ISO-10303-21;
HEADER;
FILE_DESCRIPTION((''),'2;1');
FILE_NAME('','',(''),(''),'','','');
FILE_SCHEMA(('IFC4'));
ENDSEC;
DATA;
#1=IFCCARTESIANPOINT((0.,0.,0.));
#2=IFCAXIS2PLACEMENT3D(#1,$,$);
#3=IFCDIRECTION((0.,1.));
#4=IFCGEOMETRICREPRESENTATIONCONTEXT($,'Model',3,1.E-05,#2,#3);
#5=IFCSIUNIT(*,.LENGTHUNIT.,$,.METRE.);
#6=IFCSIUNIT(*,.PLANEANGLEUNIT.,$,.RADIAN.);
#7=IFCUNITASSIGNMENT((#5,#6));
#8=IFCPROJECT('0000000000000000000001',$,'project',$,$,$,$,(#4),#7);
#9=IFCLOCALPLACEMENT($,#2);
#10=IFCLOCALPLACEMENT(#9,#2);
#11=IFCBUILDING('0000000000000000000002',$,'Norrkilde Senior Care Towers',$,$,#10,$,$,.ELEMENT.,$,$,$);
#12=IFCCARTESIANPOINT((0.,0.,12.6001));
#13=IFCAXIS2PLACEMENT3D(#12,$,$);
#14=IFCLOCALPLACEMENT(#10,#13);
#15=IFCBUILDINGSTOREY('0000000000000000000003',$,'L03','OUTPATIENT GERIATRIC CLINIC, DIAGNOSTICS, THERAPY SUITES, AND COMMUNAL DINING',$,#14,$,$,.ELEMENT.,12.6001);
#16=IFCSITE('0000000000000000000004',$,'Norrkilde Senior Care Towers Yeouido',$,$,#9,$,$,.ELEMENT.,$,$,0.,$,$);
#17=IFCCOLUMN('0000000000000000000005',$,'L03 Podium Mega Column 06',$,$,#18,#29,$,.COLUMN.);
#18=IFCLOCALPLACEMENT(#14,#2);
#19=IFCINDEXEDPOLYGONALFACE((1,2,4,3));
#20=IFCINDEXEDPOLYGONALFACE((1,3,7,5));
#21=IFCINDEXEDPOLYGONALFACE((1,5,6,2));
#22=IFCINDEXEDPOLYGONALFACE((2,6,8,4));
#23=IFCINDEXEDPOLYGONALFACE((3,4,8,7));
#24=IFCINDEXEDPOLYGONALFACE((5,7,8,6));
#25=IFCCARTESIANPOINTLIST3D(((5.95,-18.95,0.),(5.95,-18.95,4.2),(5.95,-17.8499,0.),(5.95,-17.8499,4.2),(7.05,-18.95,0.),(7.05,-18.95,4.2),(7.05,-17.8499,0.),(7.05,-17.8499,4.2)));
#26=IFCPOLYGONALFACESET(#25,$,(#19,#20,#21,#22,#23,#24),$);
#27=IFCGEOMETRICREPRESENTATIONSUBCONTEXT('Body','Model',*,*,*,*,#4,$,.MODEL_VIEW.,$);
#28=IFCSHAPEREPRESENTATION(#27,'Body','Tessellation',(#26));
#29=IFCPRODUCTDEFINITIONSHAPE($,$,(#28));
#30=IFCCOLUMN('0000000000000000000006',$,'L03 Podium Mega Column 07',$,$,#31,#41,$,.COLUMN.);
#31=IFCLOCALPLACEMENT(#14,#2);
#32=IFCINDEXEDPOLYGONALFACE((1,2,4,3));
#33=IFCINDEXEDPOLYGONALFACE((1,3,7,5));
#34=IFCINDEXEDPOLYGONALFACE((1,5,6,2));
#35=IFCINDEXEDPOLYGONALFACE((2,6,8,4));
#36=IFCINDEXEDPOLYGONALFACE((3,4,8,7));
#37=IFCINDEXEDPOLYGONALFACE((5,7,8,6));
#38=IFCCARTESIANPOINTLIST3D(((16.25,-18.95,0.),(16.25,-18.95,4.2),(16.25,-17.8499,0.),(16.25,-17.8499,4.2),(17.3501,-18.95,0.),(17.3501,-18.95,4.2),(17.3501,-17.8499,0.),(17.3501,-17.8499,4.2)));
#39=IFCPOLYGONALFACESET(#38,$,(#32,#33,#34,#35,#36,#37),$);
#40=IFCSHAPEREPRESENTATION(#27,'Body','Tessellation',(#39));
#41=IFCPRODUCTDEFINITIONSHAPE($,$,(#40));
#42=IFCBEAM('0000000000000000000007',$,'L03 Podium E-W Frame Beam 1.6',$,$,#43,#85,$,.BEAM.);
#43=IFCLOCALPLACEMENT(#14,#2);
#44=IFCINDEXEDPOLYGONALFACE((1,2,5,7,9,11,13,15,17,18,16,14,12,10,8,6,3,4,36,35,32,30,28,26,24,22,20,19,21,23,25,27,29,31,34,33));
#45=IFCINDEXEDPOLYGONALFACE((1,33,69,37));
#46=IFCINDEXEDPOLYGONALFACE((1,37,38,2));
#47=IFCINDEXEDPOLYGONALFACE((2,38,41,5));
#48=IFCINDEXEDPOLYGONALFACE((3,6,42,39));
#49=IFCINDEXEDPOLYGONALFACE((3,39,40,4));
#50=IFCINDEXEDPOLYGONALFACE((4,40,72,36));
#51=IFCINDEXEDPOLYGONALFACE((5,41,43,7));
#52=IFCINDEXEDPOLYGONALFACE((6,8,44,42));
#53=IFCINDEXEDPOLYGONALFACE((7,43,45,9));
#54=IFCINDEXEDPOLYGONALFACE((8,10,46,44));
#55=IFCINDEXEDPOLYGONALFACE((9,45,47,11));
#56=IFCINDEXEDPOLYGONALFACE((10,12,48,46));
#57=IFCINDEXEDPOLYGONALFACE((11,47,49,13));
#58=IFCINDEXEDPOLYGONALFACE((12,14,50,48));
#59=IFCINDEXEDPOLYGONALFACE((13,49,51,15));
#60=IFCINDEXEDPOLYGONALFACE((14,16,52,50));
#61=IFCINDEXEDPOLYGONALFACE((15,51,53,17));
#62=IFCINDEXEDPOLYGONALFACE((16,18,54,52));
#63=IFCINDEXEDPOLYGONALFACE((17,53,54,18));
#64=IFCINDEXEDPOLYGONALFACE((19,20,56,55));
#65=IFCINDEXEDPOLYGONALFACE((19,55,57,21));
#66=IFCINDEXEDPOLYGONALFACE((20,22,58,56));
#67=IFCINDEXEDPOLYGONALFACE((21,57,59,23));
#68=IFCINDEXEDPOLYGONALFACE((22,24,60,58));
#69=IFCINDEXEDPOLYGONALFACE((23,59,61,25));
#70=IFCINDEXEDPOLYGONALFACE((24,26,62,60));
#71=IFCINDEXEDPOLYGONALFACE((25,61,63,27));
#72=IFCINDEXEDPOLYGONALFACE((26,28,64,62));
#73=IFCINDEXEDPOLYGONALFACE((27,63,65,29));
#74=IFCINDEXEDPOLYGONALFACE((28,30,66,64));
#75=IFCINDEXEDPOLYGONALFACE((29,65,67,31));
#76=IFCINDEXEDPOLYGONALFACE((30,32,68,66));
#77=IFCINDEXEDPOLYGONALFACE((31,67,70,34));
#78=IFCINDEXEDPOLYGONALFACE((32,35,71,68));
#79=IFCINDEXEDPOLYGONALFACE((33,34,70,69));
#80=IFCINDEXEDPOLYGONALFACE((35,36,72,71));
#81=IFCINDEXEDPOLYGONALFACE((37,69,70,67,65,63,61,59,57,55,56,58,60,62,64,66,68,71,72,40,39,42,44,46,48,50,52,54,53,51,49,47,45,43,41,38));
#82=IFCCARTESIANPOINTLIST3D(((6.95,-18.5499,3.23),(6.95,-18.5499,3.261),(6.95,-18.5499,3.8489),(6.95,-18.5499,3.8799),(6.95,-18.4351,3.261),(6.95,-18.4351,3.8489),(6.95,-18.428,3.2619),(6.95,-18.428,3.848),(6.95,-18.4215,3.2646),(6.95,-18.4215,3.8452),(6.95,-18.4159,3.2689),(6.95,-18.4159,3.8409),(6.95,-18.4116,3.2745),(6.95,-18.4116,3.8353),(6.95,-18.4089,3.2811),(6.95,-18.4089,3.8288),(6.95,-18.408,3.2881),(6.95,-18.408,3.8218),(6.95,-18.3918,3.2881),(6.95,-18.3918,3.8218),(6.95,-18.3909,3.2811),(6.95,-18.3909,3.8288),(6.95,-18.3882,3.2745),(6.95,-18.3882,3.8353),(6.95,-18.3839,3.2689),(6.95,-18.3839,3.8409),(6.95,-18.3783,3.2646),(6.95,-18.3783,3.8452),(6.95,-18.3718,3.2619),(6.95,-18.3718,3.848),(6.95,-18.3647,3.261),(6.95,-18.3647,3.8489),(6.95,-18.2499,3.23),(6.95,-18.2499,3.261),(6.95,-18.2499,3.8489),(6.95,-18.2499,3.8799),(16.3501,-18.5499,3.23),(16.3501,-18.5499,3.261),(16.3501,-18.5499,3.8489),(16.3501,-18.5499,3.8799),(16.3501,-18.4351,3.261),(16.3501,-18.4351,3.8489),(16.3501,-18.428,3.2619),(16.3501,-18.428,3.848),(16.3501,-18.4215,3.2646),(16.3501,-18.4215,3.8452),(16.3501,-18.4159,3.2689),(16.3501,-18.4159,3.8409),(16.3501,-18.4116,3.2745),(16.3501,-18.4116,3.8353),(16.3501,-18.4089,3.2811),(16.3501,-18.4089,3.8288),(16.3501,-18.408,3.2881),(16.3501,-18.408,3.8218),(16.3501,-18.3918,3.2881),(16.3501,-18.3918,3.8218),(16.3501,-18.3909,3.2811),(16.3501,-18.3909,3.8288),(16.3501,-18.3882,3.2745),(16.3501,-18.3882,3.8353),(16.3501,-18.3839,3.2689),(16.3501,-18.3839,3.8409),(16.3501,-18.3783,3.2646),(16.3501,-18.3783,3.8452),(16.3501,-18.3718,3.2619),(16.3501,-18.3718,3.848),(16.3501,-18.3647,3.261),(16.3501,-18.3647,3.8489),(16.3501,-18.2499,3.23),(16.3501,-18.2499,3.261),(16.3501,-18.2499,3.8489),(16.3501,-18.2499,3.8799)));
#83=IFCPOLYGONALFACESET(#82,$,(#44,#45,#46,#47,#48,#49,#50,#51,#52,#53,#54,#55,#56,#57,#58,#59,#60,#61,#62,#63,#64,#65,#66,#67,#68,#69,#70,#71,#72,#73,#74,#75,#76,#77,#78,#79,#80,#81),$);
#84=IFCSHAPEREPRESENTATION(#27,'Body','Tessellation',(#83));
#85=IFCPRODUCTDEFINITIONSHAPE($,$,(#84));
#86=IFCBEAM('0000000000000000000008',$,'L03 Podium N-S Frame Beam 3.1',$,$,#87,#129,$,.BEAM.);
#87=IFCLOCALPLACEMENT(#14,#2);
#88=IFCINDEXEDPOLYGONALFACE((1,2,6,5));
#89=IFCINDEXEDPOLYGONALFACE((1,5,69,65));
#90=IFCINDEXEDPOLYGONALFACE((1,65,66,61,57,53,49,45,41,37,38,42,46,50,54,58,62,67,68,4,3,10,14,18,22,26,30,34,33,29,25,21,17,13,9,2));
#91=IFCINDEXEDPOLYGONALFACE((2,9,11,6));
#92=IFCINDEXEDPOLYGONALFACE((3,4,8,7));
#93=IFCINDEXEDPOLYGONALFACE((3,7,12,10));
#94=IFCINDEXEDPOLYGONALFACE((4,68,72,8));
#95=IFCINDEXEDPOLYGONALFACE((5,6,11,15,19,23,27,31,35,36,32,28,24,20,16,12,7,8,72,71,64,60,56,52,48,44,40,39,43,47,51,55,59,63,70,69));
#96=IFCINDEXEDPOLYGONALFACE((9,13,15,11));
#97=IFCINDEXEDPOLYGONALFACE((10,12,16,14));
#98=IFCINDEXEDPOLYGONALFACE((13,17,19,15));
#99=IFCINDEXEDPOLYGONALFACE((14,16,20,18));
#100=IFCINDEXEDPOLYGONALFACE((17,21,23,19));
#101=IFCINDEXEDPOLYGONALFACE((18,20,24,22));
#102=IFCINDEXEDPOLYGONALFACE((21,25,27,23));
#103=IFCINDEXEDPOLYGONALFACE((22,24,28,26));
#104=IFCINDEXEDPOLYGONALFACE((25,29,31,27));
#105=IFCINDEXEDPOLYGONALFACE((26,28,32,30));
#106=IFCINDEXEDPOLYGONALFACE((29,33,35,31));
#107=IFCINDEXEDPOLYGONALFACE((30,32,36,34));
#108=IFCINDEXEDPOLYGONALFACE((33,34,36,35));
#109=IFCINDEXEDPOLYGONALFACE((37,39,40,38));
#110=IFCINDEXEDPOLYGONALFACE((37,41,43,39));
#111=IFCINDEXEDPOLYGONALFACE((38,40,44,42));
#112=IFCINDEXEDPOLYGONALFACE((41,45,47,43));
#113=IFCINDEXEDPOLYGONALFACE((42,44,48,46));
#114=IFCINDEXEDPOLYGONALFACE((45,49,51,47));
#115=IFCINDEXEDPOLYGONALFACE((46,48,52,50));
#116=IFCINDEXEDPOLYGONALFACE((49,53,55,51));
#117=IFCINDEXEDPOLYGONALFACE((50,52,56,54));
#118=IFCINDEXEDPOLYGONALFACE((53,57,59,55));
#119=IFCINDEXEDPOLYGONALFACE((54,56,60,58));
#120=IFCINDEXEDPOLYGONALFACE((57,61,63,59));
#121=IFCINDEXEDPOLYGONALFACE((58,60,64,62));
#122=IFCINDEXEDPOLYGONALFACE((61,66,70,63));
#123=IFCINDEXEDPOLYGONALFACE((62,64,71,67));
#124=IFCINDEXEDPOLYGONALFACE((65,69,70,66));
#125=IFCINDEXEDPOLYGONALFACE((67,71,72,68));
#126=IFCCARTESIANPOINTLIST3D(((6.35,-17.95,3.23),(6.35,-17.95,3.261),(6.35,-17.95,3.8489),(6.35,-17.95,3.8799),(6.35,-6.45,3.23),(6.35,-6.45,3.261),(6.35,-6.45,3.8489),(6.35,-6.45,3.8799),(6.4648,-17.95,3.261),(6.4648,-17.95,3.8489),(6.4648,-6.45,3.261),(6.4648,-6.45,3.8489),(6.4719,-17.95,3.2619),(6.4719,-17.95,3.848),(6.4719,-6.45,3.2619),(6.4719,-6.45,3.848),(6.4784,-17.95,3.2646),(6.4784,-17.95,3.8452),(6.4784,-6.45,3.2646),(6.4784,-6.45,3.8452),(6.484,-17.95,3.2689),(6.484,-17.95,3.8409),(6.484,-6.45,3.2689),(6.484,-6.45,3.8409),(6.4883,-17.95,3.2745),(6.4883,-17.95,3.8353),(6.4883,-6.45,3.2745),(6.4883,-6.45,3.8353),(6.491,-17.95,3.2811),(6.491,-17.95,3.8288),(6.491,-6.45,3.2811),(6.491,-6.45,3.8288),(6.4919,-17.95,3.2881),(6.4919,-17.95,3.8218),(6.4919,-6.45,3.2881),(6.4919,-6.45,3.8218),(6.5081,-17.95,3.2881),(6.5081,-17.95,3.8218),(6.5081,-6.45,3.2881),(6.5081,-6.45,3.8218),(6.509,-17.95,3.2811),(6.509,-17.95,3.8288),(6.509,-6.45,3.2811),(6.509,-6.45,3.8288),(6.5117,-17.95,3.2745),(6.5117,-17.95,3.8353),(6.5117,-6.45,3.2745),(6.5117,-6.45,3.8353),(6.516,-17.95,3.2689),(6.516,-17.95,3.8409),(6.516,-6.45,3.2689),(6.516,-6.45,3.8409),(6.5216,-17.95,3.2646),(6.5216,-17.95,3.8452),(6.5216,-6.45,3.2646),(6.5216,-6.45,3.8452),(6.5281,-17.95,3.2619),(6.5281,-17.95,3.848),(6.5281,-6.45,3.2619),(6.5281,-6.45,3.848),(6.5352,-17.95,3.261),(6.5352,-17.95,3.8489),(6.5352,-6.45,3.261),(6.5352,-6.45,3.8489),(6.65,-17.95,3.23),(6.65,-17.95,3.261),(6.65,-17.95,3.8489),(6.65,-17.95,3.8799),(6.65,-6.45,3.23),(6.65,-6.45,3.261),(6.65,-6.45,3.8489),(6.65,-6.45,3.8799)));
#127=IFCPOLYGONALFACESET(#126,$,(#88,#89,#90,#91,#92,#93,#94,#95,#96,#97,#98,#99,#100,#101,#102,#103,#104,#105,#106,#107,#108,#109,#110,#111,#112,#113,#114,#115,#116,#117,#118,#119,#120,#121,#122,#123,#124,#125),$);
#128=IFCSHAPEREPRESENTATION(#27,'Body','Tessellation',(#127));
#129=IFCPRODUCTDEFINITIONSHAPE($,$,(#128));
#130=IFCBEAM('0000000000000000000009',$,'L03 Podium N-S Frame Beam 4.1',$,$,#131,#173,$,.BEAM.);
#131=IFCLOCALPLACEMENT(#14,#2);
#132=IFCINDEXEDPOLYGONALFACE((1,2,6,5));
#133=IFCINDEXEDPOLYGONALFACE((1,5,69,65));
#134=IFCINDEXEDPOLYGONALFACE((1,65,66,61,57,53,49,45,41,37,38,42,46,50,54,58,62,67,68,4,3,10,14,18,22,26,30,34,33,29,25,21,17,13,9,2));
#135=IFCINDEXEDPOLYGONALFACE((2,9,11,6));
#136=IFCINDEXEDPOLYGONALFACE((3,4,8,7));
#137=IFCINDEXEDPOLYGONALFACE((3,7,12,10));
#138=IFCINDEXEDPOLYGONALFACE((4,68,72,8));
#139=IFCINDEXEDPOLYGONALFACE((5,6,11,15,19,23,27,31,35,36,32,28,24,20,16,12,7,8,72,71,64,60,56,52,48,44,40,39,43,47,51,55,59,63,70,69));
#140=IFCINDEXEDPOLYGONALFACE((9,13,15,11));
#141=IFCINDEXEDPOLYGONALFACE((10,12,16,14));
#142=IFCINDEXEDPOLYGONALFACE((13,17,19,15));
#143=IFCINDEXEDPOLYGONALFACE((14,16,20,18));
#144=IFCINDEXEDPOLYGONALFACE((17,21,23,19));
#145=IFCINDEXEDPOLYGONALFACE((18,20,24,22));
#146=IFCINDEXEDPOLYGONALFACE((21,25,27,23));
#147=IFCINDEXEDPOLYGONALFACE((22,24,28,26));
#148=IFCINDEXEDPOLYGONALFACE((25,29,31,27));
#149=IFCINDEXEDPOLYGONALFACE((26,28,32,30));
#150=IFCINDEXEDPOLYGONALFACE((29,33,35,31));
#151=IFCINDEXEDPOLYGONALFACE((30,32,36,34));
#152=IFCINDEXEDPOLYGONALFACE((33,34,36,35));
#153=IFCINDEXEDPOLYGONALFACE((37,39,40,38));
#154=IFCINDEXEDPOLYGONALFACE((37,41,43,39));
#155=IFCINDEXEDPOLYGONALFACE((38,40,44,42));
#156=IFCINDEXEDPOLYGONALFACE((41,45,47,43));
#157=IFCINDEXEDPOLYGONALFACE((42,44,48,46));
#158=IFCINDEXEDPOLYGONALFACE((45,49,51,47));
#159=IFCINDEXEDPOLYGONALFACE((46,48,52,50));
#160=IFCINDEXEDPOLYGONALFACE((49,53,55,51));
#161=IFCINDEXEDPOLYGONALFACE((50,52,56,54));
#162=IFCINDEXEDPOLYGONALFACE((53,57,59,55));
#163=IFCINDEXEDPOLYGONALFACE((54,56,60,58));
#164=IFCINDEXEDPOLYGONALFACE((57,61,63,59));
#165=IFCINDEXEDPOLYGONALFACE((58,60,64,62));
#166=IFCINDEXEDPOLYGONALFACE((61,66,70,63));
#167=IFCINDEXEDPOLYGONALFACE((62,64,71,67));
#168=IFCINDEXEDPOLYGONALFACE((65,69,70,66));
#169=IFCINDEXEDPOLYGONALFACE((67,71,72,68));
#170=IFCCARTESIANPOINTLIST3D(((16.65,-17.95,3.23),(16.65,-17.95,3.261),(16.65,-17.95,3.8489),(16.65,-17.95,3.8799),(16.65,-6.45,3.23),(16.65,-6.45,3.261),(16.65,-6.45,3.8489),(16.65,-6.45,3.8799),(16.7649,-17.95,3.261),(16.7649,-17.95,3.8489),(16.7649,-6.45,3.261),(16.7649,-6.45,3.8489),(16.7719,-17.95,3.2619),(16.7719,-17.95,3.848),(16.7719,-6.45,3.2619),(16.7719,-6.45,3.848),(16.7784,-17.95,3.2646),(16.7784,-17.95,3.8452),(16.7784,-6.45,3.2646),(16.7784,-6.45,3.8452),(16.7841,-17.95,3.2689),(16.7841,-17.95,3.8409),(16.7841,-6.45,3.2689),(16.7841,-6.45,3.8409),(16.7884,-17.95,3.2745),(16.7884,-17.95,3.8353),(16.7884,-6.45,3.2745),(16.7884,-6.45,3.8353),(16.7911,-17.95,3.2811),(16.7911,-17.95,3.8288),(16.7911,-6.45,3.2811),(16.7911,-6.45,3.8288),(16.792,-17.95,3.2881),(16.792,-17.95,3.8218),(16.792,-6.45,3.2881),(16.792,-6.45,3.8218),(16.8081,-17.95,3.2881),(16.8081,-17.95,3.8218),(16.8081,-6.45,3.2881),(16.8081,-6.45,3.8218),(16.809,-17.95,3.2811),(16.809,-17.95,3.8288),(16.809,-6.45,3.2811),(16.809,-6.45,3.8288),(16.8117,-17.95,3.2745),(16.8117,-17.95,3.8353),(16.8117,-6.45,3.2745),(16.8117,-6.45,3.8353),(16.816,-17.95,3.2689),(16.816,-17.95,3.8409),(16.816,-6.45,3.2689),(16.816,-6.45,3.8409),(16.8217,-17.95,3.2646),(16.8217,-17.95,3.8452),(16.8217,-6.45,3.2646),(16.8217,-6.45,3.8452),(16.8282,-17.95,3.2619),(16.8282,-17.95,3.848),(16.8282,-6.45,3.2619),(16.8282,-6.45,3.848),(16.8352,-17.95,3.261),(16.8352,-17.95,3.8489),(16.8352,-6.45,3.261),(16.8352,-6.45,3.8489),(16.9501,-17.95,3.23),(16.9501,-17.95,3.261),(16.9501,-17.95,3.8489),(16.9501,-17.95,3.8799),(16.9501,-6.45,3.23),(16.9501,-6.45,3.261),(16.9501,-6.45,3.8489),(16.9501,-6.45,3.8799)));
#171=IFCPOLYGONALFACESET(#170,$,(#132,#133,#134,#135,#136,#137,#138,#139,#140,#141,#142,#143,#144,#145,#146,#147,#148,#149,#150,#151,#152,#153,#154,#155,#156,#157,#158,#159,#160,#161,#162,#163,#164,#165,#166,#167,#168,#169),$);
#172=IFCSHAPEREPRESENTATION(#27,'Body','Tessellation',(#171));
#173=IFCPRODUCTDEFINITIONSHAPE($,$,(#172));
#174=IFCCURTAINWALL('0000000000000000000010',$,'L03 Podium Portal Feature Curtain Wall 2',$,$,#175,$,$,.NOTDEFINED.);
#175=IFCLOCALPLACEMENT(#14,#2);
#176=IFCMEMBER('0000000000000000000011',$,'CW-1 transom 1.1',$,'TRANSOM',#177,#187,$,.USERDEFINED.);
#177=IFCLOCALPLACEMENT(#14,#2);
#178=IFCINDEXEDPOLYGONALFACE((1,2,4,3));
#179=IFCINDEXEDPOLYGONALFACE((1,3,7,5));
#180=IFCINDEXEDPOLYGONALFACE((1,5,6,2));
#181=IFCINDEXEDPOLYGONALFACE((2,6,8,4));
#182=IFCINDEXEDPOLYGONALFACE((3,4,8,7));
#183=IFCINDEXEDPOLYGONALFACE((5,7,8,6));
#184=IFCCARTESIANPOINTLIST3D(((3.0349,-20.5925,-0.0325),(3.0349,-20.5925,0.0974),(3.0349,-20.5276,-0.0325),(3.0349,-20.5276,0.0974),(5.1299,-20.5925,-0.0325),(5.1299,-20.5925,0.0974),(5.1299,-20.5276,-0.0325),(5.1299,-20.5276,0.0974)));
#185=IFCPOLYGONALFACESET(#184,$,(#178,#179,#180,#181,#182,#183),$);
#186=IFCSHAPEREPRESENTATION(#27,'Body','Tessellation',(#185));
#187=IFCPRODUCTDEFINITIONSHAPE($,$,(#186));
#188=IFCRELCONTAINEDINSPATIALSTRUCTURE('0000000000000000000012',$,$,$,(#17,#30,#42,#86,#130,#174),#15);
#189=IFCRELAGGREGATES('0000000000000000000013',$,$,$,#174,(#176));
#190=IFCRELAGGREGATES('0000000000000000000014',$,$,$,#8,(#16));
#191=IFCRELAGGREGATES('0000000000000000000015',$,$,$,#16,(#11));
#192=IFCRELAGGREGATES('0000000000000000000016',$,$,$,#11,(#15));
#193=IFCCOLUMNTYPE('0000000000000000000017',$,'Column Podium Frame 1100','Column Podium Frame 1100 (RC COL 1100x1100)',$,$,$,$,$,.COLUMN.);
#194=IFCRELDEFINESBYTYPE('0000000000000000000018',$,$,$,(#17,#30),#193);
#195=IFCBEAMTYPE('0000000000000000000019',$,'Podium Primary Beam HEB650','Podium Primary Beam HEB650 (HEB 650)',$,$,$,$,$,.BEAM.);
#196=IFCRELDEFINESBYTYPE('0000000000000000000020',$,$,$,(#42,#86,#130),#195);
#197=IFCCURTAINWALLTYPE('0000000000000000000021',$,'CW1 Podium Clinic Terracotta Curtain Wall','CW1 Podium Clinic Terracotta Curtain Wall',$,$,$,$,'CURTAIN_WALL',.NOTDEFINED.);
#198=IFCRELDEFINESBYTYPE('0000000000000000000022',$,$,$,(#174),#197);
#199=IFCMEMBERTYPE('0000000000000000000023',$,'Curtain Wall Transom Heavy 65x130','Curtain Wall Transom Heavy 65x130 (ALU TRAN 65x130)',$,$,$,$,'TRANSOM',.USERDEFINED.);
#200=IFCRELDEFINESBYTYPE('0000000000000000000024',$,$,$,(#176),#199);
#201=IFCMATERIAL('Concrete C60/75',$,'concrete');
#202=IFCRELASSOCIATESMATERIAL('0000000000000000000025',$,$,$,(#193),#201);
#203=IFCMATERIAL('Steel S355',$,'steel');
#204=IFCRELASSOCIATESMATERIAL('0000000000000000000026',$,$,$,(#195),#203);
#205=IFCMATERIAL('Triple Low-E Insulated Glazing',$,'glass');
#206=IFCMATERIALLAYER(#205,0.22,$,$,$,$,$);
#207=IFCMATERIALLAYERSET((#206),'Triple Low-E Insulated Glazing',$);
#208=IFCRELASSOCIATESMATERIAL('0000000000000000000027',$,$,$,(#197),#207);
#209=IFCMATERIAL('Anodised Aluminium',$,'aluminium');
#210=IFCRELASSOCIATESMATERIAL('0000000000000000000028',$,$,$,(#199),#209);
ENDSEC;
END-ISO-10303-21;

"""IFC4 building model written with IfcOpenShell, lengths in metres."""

from ifc_helpers import new_model, si_unit, direction, frame, origin, origin_2d, place, context, subcontext, project, spatial, rectangle, i_section, extrude, source, transform, mapped, material, layer, layer_set, material_profile, profile_set, type_object, type_shapes, element, aggregate, save


model = new_model("IFC4")

# Units and contexts
model_context = context("Model", 3, precision=1e-05, world=origin(), true_north=direction((0.0, 1.0)))
body_context = subcontext(model_context, "Body", "Model", "MODEL_VIEW")
ifc_project = project(units=[si_unit("LENGTHUNIT", "METRE"), si_unit("PLANEANGLEUNIT", "RADIAN")], contexts=[model_context])

# Site, building, storey
site_placement = place(None, origin())
site = spatial("IfcSite", under=ifc_project, at=site_placement, Name="Norrkilde Senior Care Towers Yeouido", CompositionType="ELEMENT", RefElevation=0.0)
building_placement = place(site_placement, origin())
building = spatial("IfcBuilding", under=site, at=building_placement, Name="Norrkilde Senior Care Towers", CompositionType="ELEMENT")
storey_placement = place(building_placement, frame((0.0, 0.0, 12.6001)))
storey = spatial("IfcBuildingStorey", under=building, at=storey_placement, Name="L03", Description="OUTPATIENT GERIATRIC CLINIC, DIAGNOSTICS, THERAPY SUITES, AND COMMUNAL DINING", CompositionType="ELEMENT", Elevation=12.6001)

# Columns
ifc_material_1 = material(Name="Concrete C60/75", Category="concrete")
ifc_material_profile_1 = material_profile(ifc_material_1, rectangle(XDim=1.1001, YDim=1.1001, at=origin_2d()), Name="RC COL 1100x1100")
ifc_profile_set_1 = profile_set([ifc_material_profile_1], Name="Concrete C60/75")
column_type = type_object("IfcColumnType", Name="Column Podium Frame 1100", Description="Column Podium Frame 1100 (RC COL 1100x1100)", PredefinedType="COLUMN", material=ifc_profile_set_1)
shared_shape_1 = source(origin(), body_context, "Body", "SweptSolid", [
    extrude(rectangle(XDim=1.1001, YDim=1.1001, at=origin_2d()), origin(), (0.0, 0.0, 1.0), 4.2),
])
type_shapes(column_type, [shared_shape_1])
for number, where, z_axis, x_axis, name in (
    (1, (6.5, -18.3999, 0.0), (0.0, 0.0, 1.0), (1.0, 0.0, 0.0), "L03 Podium Mega Column 06"),
    (2, (16.8, -18.3999, 0.0), (0.0, 0.0, 1.0), (1.0, 0.0, 0.0), "L03 Podium Mega Column 07"),
):
    element("IfcColumn", number, at=place(storey_placement, frame(where, z_axis=z_axis, x_axis=x_axis)), inside=storey, type_object=column_type, Name=name, PredefinedType="COLUMN", context=body_context, shape_type="MappedRepresentation", body=[
        mapped(shared_shape_1, transform((0.0, 0.0, 0.0), x_axis=(1.0, 0.0, 0.0), y_axis=(0.0, 1.0, 0.0), z_axis=(0.0, 0.0, 1.0), scale=1.0)),
    ])

# Beams
ifc_material_2 = material(Name="Steel S355", Category="steel")
ifc_material_profile_2 = material_profile(ifc_material_2, i_section(OverallWidth=0.3, OverallDepth=0.6499, WebThickness=0.0161, FlangeThickness=0.031, FilletRadius=0.0271, at=origin_2d()), Name="HEB 650")
ifc_profile_set_2 = profile_set([ifc_material_profile_2], Name="Steel S355")
beam_type = type_object("IfcBeamType", Name="Podium Primary Beam HEB650", Description="Podium Primary Beam HEB650 (HEB 650)", PredefinedType="BEAM", material=ifc_profile_set_2)
shared_shape_2 = source(origin(), body_context, "Body", "SweptSolid", [
    extrude(i_section(OverallWidth=0.3, OverallDepth=0.6499, WebThickness=0.0161, FlangeThickness=0.031, FilletRadius=0.0271, at=origin_2d()), origin(), (0.0, 0.0, 1.0), 9.4001),
])
beam_placement = place(storey_placement, frame((6.95, -18.3999, 3.5549), z_axis=(1.0, 0.0, 0.0), x_axis=(0.0, 1.0, 0.0)))
element("IfcBeam", 3, at=beam_placement, inside=storey, type_object=beam_type, Name="L03 Podium E-W Frame Beam 1.6", PredefinedType="BEAM", context=body_context, shape_type="MappedRepresentation", body=[
    mapped(shared_shape_2, transform((0.0, 0.0, 0.0), x_axis=(1.0, 0.0, 0.0), y_axis=(0.0, 1.0, 0.0), z_axis=(0.0, 0.0, 1.0), scale=1.0)),
])
shared_shape_3 = source(origin(), body_context, "Body", "SweptSolid", [
    extrude(i_section(OverallWidth=0.3, OverallDepth=0.6499, WebThickness=0.0161, FlangeThickness=0.031, FilletRadius=0.0271, at=origin_2d()), origin(), (0.0, 0.0, 1.0), 11.5),
])
type_shapes(beam_type, [shared_shape_2, shared_shape_3])
for number, where, z_axis, x_axis, name in (
    (4, (6.5, -17.95, 3.5549), (0.0, 1.0, 0.0), (-1.0, 0.0, 0.0), "L03 Podium N-S Frame Beam 3.1"),
    (5, (16.8, -17.95, 3.5549), (0.0, 1.0, 0.0), (-1.0, 0.0, 0.0), "L03 Podium N-S Frame Beam 4.1"),
):
    element("IfcBeam", number, at=place(storey_placement, frame(where, z_axis=z_axis, x_axis=x_axis)), inside=storey, type_object=beam_type, Name=name, PredefinedType="BEAM", context=body_context, shape_type="MappedRepresentation", body=[
        mapped(shared_shape_3, transform((0.0, 0.0, 0.0), x_axis=(1.0, 0.0, 0.0), y_axis=(0.0, 1.0, 0.0), z_axis=(0.0, 0.0, 1.0), scale=1.0)),
    ])

# Curtain wall, member
ifc_material_3 = material(Name="Triple Low-E Insulated Glazing", Category="glass")
ifc_layer_1 = layer(ifc_material_3, 0.22)
ifc_layer_set_1 = layer_set([ifc_layer_1], Name="Triple Low-E Insulated Glazing")
curtain_wall_type = type_object("IfcCurtainWallType", Name="CW1 Podium Clinic Terracotta Curtain Wall", Description="CW1 Podium Clinic Terracotta Curtain Wall", ElementType="CURTAIN_WALL", PredefinedType="NOTDEFINED", material=ifc_layer_set_1)
curtain_wall_placement = place(storey_placement, origin())
curtain_wall = element("IfcCurtainWall", 6, at=curtain_wall_placement, inside=storey, type_object=curtain_wall_type, Name="L03 Podium Portal Feature Curtain Wall 2", PredefinedType="NOTDEFINED")
ifc_material_4 = material(Name="Anodised Aluminium", Category="aluminium")
ifc_material_profile_3 = material_profile(ifc_material_4, rectangle(XDim=0.0649, YDim=0.1299, at=origin_2d()), Name="ALU TRAN 65x130")
ifc_profile_set_3 = profile_set([ifc_material_profile_3], Name="Anodised Aluminium")
member_type_1 = type_object("IfcMemberType", Name="Curtain Wall Transom Heavy 65x130", Description="Curtain Wall Transom Heavy 65x130 (ALU TRAN 65x130)", ElementType="TRANSOM", PredefinedType="USERDEFINED", material=ifc_profile_set_3)
shared_shape_4 = source(origin(), body_context, "Body", "SweptSolid", [
    extrude(rectangle(XDim=0.0649, YDim=0.1299, at=origin_2d()), origin(), (0.0, 0.0, 1.0), 2.095),
])
type_shapes(member_type_1, [shared_shape_4])
member_1_placement = place(storey_placement, frame((5.1299, -20.5601, 0.0325), z_axis=(-1.0, 0.0, 0.0), x_axis=(0.0, -1.0, 0.0)))
member_1 = element("IfcMember", 7, at=member_1_placement, type_object=member_type_1, Name="CW-1 transom 1.1", ObjectType="TRANSOM", PredefinedType="USERDEFINED", context=body_context, shape_type="MappedRepresentation", body=[
    mapped(shared_shape_4, transform((0.0, 0.0, 0.0), x_axis=(1.0, 0.0, 0.0), y_axis=(0.0, 1.0, 0.0), z_axis=(0.0, 0.0, 1.0), scale=1.0)),
])
aggregate(curtain_wall, [member_1])

save(model, "model.ifc")
